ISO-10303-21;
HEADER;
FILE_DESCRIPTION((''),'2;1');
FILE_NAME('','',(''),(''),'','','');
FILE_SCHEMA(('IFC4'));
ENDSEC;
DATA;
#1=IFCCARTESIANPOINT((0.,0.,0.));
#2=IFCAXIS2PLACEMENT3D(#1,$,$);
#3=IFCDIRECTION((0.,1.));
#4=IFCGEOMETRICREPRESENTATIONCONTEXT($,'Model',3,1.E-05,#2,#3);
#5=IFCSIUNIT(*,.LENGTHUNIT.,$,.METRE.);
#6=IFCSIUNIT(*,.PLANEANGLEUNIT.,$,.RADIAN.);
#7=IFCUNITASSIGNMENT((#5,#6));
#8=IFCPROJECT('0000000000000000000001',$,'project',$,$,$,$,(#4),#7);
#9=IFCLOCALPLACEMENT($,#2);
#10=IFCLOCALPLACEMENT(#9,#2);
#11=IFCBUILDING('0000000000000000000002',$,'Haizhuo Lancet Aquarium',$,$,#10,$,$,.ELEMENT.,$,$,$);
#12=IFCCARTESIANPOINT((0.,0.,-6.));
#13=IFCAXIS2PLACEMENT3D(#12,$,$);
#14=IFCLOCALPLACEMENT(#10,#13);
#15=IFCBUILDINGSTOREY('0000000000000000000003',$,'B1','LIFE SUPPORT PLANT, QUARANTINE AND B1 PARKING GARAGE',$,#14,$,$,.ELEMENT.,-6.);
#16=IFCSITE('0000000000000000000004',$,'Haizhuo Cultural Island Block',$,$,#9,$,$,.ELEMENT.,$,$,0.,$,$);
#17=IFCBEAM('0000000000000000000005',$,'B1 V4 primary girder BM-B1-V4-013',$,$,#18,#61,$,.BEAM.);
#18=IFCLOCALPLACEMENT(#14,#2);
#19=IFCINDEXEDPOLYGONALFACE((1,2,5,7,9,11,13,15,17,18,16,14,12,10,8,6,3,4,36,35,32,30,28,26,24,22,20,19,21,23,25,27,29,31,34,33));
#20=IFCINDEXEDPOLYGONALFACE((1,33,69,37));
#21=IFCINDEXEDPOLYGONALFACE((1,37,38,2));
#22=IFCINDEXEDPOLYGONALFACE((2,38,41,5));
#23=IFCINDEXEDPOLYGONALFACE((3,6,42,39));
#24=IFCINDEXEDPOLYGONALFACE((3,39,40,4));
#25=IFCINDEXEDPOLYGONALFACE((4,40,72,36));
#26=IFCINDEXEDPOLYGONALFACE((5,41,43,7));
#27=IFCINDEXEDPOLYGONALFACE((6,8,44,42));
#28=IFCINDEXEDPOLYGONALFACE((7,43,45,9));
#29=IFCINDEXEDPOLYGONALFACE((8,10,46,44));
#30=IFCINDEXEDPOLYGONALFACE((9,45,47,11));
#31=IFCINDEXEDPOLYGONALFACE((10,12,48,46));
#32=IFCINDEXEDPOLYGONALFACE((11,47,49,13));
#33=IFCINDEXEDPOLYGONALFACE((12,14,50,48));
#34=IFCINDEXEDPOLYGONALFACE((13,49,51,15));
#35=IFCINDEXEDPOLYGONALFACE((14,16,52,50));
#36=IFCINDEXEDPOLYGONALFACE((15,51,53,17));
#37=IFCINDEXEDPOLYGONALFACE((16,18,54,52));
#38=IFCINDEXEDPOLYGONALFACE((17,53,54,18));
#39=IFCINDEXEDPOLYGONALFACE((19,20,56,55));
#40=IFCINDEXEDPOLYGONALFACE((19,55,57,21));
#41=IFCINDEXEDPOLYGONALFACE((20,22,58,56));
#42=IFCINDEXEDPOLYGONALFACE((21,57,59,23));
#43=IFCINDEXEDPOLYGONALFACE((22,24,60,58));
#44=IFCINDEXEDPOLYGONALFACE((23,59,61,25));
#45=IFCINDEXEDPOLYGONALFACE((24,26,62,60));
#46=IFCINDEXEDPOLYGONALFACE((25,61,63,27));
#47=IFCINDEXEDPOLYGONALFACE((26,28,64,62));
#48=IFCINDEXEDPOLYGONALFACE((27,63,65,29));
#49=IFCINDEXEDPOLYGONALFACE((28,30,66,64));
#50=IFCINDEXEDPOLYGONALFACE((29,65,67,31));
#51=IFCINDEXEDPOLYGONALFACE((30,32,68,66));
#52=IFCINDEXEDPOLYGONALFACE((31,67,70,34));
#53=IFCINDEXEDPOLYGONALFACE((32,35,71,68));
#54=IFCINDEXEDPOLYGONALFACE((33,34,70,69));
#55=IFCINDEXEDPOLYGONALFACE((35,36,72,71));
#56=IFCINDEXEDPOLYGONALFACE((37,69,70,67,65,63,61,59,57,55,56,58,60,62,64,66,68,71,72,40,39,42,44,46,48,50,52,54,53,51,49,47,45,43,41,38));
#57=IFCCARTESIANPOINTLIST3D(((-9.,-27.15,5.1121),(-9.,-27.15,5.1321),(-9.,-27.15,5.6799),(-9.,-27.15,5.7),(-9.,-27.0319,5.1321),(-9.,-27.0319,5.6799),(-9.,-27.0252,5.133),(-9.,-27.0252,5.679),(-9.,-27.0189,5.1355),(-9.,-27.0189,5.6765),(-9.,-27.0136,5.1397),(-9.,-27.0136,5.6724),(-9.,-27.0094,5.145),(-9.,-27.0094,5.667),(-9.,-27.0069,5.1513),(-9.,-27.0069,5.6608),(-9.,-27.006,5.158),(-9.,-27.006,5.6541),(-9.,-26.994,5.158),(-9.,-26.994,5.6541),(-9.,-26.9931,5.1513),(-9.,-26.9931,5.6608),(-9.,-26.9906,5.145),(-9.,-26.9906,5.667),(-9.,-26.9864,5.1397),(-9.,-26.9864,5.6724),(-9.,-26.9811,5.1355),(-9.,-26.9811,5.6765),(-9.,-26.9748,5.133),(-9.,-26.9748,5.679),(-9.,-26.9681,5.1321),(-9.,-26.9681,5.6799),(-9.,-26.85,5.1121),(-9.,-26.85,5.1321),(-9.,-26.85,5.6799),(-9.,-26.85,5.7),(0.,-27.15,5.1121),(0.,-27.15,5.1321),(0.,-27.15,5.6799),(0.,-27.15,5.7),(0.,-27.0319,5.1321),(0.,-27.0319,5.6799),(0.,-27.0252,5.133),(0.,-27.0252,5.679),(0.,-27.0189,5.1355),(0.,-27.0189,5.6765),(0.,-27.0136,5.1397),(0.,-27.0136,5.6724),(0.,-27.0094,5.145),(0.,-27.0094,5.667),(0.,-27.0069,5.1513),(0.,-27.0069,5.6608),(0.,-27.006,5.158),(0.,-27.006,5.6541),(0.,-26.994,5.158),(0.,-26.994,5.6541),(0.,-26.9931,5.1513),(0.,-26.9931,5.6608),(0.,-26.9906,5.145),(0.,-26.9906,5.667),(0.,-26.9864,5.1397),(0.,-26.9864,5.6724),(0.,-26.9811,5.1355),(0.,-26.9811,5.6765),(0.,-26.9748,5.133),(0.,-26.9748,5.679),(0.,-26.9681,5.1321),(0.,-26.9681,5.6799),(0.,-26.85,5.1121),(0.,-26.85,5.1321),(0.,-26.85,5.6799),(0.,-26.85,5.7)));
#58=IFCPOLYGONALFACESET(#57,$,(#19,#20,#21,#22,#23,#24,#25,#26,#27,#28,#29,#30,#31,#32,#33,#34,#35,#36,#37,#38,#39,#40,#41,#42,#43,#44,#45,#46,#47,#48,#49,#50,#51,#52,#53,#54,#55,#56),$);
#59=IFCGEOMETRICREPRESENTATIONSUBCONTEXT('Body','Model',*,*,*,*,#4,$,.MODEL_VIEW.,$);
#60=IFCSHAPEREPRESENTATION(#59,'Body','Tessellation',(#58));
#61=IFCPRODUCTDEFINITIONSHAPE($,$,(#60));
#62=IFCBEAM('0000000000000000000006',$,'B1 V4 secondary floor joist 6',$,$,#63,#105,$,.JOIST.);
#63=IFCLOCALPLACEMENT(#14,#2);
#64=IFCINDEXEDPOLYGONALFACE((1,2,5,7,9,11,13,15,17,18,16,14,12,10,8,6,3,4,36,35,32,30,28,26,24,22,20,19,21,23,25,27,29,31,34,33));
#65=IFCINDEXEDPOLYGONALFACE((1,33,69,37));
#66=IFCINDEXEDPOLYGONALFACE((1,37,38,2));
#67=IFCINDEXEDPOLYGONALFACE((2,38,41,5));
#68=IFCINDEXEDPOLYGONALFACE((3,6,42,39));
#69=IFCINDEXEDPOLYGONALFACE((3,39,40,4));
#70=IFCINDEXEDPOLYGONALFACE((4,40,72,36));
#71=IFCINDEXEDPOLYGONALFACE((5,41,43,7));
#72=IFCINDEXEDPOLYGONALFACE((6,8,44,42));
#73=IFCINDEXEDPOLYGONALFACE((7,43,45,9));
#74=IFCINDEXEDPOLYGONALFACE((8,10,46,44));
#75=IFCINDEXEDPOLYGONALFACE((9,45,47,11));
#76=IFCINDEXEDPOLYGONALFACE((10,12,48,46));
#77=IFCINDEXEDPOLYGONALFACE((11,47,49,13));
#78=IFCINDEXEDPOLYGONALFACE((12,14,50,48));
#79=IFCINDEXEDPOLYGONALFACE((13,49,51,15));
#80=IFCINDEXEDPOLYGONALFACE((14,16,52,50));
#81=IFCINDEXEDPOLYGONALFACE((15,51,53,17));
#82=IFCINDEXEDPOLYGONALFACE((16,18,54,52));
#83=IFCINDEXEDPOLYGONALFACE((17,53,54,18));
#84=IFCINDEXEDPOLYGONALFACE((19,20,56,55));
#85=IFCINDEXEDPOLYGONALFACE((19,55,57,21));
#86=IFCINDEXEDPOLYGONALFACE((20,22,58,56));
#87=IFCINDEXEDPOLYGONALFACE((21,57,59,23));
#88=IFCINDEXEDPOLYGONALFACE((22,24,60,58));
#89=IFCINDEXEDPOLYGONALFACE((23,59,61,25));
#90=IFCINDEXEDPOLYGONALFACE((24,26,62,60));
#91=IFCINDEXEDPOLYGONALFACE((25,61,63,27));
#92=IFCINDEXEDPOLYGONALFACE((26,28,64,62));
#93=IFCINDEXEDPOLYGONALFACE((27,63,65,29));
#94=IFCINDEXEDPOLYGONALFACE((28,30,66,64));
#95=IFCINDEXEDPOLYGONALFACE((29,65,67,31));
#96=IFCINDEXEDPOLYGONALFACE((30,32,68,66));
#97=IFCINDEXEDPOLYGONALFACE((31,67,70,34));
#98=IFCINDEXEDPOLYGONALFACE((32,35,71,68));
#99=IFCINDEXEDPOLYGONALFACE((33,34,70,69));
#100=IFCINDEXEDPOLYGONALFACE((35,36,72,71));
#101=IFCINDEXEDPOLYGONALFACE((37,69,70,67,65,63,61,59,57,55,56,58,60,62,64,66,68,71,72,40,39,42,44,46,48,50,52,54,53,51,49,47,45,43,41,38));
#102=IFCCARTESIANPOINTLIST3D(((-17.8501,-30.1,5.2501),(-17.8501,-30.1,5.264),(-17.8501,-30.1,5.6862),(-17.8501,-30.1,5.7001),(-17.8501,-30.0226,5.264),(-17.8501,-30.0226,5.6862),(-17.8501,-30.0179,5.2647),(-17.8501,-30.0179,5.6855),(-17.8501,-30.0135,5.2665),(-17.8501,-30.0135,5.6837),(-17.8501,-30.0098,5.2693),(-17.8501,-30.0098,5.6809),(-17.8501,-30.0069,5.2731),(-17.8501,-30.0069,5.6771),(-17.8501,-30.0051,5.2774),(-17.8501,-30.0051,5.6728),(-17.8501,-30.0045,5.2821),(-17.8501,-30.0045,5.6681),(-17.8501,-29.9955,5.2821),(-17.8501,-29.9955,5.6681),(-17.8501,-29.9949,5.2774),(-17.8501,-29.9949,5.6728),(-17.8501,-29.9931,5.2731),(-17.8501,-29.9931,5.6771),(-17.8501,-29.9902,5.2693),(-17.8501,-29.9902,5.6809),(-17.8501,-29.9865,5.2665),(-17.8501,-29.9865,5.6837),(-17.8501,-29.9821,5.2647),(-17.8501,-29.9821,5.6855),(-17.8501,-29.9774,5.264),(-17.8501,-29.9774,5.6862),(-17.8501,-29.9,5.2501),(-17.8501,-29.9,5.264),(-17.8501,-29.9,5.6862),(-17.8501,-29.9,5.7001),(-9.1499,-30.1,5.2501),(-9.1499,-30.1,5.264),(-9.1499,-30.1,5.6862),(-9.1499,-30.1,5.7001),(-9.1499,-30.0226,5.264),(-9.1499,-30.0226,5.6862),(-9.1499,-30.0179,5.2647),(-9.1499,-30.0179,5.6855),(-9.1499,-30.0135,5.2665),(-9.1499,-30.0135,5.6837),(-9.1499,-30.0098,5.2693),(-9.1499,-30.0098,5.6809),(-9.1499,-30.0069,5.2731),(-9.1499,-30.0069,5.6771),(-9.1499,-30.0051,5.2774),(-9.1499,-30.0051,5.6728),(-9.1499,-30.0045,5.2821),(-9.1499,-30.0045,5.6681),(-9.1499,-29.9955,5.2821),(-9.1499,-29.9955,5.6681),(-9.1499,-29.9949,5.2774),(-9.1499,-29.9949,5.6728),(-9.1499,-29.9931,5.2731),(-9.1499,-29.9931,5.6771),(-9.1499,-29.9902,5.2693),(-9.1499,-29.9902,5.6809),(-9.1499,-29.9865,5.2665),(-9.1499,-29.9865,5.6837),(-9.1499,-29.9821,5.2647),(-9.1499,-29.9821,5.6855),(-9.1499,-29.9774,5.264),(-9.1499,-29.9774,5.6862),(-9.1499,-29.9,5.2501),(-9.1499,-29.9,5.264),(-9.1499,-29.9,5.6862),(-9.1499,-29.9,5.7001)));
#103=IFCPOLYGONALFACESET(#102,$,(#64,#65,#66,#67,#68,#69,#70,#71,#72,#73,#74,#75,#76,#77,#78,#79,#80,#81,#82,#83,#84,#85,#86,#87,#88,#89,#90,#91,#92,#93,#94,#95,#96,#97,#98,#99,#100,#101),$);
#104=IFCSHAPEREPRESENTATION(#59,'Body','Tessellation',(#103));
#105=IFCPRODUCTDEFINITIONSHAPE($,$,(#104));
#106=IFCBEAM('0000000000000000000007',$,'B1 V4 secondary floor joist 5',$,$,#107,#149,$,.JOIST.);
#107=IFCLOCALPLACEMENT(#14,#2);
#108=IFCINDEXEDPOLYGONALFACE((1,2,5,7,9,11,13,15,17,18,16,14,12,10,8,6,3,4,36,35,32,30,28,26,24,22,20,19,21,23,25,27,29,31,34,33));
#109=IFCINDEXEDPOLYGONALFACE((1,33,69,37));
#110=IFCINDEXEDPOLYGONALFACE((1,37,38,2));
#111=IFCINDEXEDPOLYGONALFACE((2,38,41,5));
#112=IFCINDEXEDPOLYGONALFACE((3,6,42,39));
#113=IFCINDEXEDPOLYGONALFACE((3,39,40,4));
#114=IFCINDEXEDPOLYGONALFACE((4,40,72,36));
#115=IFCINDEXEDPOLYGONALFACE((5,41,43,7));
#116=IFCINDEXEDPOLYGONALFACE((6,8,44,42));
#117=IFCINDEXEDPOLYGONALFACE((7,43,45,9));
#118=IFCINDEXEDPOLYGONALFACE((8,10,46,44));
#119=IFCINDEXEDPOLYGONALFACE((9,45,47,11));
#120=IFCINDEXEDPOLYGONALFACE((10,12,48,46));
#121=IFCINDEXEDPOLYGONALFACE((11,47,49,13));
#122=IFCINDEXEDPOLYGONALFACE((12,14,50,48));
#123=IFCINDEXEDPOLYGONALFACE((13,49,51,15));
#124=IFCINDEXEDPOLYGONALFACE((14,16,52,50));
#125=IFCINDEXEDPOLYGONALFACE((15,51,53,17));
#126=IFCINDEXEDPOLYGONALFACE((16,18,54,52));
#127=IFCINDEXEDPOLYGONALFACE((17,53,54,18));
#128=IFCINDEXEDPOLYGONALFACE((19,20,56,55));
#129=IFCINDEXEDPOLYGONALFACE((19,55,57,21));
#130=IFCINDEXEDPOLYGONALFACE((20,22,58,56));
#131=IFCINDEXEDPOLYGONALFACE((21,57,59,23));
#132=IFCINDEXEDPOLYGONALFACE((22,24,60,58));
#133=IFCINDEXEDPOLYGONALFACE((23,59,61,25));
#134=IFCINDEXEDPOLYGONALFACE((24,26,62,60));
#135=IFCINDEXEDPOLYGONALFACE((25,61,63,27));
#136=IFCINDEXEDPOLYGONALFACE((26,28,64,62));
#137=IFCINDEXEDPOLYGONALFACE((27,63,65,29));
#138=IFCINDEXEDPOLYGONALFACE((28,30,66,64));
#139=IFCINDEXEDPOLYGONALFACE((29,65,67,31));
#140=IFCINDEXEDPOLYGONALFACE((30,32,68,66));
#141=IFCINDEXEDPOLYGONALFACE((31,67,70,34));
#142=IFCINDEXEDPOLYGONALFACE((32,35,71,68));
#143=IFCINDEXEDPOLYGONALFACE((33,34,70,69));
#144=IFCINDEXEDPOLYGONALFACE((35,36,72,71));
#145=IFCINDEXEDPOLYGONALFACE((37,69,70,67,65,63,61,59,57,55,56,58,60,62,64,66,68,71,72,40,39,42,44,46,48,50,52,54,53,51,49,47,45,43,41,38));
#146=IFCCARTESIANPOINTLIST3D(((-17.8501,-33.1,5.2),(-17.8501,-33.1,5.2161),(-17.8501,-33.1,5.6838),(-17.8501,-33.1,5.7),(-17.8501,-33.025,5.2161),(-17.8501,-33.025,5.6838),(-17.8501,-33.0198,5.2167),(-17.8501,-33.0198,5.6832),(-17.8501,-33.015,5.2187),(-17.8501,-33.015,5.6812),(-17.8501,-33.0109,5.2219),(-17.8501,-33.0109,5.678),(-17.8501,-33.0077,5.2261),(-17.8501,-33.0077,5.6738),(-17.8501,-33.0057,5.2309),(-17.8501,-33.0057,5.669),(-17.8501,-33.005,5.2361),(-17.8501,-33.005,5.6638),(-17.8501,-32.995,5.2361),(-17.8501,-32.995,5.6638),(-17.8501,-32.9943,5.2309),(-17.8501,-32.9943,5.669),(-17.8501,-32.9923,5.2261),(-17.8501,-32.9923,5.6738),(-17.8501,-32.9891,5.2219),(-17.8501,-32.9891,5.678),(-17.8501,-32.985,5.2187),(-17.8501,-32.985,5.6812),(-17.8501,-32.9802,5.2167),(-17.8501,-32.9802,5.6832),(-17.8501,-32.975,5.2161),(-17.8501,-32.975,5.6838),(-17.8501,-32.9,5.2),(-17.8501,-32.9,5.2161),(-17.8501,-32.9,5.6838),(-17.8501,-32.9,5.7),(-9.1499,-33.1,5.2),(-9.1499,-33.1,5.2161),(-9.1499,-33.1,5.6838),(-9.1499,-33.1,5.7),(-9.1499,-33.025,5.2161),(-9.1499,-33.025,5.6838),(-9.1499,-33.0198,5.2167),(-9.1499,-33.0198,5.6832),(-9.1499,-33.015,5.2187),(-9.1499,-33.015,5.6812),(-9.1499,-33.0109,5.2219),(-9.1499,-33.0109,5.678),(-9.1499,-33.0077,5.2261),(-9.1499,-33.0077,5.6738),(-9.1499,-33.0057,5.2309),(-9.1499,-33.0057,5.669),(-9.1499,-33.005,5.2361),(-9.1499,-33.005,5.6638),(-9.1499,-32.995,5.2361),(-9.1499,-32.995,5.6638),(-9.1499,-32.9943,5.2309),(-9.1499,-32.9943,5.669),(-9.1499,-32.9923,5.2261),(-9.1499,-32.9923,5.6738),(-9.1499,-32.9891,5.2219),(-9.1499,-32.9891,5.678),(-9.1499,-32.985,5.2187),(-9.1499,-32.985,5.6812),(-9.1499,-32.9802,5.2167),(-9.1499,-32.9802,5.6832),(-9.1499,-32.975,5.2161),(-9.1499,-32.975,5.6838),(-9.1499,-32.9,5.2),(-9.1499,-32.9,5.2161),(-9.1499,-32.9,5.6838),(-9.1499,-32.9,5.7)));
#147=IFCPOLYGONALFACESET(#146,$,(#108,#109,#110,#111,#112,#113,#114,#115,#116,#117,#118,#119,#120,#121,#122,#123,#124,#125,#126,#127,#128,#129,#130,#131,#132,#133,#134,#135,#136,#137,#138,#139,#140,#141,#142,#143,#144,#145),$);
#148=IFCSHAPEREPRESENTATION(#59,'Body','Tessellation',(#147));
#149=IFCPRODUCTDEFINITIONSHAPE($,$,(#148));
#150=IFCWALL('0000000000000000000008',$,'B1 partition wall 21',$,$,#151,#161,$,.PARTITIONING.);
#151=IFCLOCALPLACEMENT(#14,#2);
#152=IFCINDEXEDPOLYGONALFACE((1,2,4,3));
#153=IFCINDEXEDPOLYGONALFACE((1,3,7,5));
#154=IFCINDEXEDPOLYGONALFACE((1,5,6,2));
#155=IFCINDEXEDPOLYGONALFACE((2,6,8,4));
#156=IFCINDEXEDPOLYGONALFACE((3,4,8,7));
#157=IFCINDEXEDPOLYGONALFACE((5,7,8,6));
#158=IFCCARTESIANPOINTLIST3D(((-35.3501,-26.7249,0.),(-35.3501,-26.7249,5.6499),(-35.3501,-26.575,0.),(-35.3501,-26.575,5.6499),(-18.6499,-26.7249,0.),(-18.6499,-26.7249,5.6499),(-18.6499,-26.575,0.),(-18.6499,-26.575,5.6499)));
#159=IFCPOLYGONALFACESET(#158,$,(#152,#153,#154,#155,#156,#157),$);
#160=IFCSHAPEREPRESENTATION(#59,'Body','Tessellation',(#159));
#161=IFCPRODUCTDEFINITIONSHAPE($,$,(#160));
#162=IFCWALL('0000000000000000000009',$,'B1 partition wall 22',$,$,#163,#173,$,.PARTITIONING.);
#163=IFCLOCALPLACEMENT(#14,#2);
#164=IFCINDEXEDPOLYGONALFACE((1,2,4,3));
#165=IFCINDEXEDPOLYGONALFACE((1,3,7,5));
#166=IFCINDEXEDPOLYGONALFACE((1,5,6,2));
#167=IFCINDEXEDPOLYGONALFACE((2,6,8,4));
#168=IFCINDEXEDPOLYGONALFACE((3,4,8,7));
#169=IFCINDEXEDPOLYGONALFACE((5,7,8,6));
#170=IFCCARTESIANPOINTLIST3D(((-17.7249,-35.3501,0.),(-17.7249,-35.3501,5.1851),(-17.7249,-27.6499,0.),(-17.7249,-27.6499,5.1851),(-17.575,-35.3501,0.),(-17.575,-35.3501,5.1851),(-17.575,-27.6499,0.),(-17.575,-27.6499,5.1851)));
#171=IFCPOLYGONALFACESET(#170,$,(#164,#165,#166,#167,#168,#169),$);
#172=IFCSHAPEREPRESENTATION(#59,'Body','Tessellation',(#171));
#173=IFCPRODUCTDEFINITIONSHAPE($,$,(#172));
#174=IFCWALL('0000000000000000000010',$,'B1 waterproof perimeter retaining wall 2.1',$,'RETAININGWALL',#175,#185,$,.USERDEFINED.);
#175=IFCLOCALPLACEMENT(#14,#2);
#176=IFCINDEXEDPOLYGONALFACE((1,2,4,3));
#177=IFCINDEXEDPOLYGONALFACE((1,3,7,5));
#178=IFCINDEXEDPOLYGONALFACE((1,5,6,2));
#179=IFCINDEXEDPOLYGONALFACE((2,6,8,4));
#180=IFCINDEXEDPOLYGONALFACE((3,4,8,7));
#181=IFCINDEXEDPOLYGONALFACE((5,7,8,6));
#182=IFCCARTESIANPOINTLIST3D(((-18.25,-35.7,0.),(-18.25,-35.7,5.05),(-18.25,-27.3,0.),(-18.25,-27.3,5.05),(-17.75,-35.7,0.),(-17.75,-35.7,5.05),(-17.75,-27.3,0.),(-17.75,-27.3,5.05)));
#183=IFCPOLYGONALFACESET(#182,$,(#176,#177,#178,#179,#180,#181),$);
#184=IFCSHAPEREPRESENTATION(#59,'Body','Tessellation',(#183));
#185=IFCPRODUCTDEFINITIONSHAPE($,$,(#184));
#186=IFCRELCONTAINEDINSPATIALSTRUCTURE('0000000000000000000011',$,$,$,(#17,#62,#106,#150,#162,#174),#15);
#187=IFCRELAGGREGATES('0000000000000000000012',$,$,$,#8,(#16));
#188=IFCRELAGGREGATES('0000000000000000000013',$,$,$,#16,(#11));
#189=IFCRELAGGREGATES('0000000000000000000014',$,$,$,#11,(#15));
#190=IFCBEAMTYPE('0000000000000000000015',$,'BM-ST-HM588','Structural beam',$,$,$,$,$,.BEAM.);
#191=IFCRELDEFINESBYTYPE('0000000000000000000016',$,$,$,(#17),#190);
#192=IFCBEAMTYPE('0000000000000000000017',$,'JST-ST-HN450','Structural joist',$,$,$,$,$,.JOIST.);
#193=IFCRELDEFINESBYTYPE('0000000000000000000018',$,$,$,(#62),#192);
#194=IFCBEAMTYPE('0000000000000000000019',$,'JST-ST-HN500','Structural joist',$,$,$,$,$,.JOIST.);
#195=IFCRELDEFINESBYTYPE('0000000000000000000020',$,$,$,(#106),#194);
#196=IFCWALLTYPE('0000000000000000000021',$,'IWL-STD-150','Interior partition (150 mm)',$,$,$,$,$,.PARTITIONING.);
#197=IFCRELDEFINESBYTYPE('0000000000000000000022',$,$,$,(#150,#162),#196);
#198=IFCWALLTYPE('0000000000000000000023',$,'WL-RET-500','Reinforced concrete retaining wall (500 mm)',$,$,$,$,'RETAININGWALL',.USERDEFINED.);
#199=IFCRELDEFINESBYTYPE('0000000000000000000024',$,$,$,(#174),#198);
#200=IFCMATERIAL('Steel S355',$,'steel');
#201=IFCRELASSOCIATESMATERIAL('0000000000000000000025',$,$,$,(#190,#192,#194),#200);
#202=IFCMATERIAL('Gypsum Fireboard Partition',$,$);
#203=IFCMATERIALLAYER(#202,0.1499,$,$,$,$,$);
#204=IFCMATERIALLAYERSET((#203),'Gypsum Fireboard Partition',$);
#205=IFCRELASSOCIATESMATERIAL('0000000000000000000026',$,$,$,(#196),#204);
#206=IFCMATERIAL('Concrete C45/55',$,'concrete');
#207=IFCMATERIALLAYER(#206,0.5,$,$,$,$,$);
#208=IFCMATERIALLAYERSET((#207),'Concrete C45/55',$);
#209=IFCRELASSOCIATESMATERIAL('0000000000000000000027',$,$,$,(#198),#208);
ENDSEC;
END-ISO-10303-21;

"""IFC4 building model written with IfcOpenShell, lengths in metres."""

from ifc_helpers import new_model, si_unit, direction, frame, frame_2d, origin, origin_2d, place, context, subcontext, project, spatial, rectangle, i_section, extrude, material, layer, layer_set, material_profile, profile_set, type_object, element, save


model = new_model("IFC4")

# Units and contexts
model_context = context("Model", 3, precision=1e-05, world=origin(), true_north=direction((0.0, 1.0)))
body_context = subcontext(model_context, "Body", "Model", "MODEL_VIEW")
ifc_project = project(units=[si_unit("LENGTHUNIT", "METRE"), si_unit("PLANEANGLEUNIT", "RADIAN")], contexts=[model_context])

# Site, building, storey
site_placement = place(None, origin())
site = spatial("IfcSite", under=ifc_project, at=site_placement, Name="Haizhuo Cultural Island Block", CompositionType="ELEMENT", RefElevation=0.0)
building_placement = place(site_placement, origin())
building = spatial("IfcBuilding", under=site, at=building_placement, Name="Haizhuo Lancet Aquarium", CompositionType="ELEMENT")
storey_placement = place(building_placement, frame((0.0, 0.0, -6.0)))
storey = spatial("IfcBuildingStorey", under=building, at=storey_placement, Name="B1", Description="LIFE SUPPORT PLANT, QUARANTINE AND B1 PARKING GARAGE", CompositionType="ELEMENT", Elevation=-6.0)

# Shared definitions
ifc_material_1 = material(Name="Steel S355", Category="steel")

# Beams
ifc_material_profile_1 = material_profile(ifc_material_1, i_section(OverallWidth=0.3, OverallDepth=0.5879, WebThickness=0.012, FlangeThickness=0.02, FilletRadius=0.0259, at=origin_2d()), Name="HM 588x300x12x20")
ifc_profile_set_1 = profile_set([ifc_material_profile_1], Name="Steel S355")
beam_type_1 = type_object("IfcBeamType", Name="BM-ST-HM588", Description="Structural beam", PredefinedType="BEAM", material=ifc_profile_set_1)
for number, where, z_axis, x_axis, name in (
    (1, (-9.0, -27.0, 5.406), (1.0, 0.0, 0.0), (0.0, 1.0, 0.0), "B1 V4 primary girder BM-B1-V4-013"),
):
    element("IfcBeam", number, at=place(storey_placement, frame(where, z_axis=z_axis, x_axis=x_axis)), inside=storey, type_object=beam_type_1, Name=name, PredefinedType="BEAM", context=body_context, shape_type="SweptSolid", body=[
        extrude(i_section(OverallWidth=0.3, OverallDepth=0.5879, WebThickness=0.012, FlangeThickness=0.02, FilletRadius=0.0259, at=origin_2d()), origin(), (0.0, 0.0, 1.0), 9.0),
    ])
ifc_material_profile_2 = material_profile(ifc_material_1, i_section(OverallWidth=0.2, OverallDepth=0.45, WebThickness=0.009, FlangeThickness=0.0139, FilletRadius=0.0181, at=origin_2d()), Name="HN 450x200x9x14")
ifc_profile_set_2 = profile_set([ifc_material_profile_2], Name="Steel S355")
beam_type_2 = type_object("IfcBeamType", Name="JST-ST-HN450", Description="Structural joist", PredefinedType="JOIST", material=ifc_profile_set_2)
beam_1_placement = place(storey_placement, frame((-17.8501, -30.0, 5.4751), z_axis=(1.0, 0.0, 0.0), x_axis=(0.0, 1.0, 0.0)))
element("IfcBeam", 2, at=beam_1_placement, inside=storey, type_object=beam_type_2, Name="B1 V4 secondary floor joist 6", PredefinedType="JOIST", context=body_context, shape_type="SweptSolid", body=[
    extrude(i_section(OverallWidth=0.2, OverallDepth=0.45, WebThickness=0.009, FlangeThickness=0.0139, FilletRadius=0.0181, at=origin_2d()), origin(), (0.0, 0.0, 1.0), 8.7002),
])
ifc_material_profile_3 = material_profile(ifc_material_1, i_section(OverallWidth=0.2, OverallDepth=0.5, WebThickness=0.01, FlangeThickness=0.0161, FilletRadius=0.02, at=origin_2d()), Name="HN 500x200x10x16")
ifc_profile_set_3 = profile_set([ifc_material_profile_3], Name="Steel S355")
beam_type_3 = type_object("IfcBeamType", Name="JST-ST-HN500", Description="Structural joist", PredefinedType="JOIST", material=ifc_profile_set_3)
beam_2_placement = place(storey_placement, frame((-17.8501, -33.0, 5.45), z_axis=(1.0, 0.0, 0.0), x_axis=(0.0, 1.0, 0.0)))
element("IfcBeam", 3, at=beam_2_placement, inside=storey, type_object=beam_type_3, Name="B1 V4 secondary floor joist 5", PredefinedType="JOIST", context=body_context, shape_type="SweptSolid", body=[
    extrude(i_section(OverallWidth=0.2, OverallDepth=0.5, WebThickness=0.01, FlangeThickness=0.0161, FilletRadius=0.02, at=origin_2d()), origin(), (0.0, 0.0, 1.0), 8.7002),
])

# Walls
ifc_material_2 = material(Name="Gypsum Fireboard Partition")
ifc_layer_1 = layer(ifc_material_2, 0.1499)
ifc_layer_set_1 = layer_set([ifc_layer_1], Name="Gypsum Fireboard Partition")
wall_type_1 = type_object("IfcWallType", Name="IWL-STD-150", Description="Interior partition (150 mm)", PredefinedType="PARTITIONING", material=ifc_layer_set_1)
wall_1_placement = place(storey_placement, frame((-35.3501, -26.6499, 0.0), z_axis=(0.0, 0.0, 1.0), x_axis=(1.0, 0.0, 0.0)))
element("IfcWall", 4, at=wall_1_placement, inside=storey, type_object=wall_type_1, Name="B1 partition wall 21", PredefinedType="PARTITIONING", context=body_context, shape_type="SweptSolid", body=[
    extrude(rectangle(XDim=16.7002, YDim=0.1499, at=frame_2d((8.3501, 0.0))), origin(), (0.0, 0.0, 1.0), 5.6499),
])
wall_2_placement = place(storey_placement, frame((-17.6499, -27.6499, 0.0), z_axis=(0.0, 0.0, 1.0), x_axis=(0.0, -1.0, 0.0)))
element("IfcWall", 5, at=wall_2_placement, inside=storey, type_object=wall_type_1, Name="B1 partition wall 22", PredefinedType="PARTITIONING", context=body_context, shape_type="SweptSolid", body=[
    extrude(rectangle(XDim=7.7002, YDim=0.1499, at=frame_2d((3.8501, 0.0))), origin(), (0.0, 0.0, 1.0), 5.1851),
])
ifc_material_3 = material(Name="Concrete C45/55", Category="concrete")
ifc_layer_2 = layer(ifc_material_3, 0.5)
ifc_layer_set_2 = layer_set([ifc_layer_2], Name="Concrete C45/55")
wall_type_2 = type_object("IfcWallType", Name="WL-RET-500", Description="Reinforced concrete retaining wall (500 mm)", ElementType="RETAININGWALL", PredefinedType="USERDEFINED", material=ifc_layer_set_2)
wall_3_placement = place(storey_placement, frame((-18.0, -27.3, 0.0), z_axis=(0.0, 0.0, 1.0), x_axis=(0.0, -1.0, 0.0)))
element("IfcWall", 6, at=wall_3_placement, inside=storey, type_object=wall_type_2, Name="B1 waterproof perimeter retaining wall 2.1", ObjectType="RETAININGWALL", PredefinedType="USERDEFINED", context=body_context, shape_type="SweptSolid", body=[
    extrude(rectangle(XDim=8.3999, YDim=0.5, at=frame_2d((4.2, 0.0))), origin(), (0.0, 0.0, 1.0), 5.05),
])

save(model, "model.ifc")
